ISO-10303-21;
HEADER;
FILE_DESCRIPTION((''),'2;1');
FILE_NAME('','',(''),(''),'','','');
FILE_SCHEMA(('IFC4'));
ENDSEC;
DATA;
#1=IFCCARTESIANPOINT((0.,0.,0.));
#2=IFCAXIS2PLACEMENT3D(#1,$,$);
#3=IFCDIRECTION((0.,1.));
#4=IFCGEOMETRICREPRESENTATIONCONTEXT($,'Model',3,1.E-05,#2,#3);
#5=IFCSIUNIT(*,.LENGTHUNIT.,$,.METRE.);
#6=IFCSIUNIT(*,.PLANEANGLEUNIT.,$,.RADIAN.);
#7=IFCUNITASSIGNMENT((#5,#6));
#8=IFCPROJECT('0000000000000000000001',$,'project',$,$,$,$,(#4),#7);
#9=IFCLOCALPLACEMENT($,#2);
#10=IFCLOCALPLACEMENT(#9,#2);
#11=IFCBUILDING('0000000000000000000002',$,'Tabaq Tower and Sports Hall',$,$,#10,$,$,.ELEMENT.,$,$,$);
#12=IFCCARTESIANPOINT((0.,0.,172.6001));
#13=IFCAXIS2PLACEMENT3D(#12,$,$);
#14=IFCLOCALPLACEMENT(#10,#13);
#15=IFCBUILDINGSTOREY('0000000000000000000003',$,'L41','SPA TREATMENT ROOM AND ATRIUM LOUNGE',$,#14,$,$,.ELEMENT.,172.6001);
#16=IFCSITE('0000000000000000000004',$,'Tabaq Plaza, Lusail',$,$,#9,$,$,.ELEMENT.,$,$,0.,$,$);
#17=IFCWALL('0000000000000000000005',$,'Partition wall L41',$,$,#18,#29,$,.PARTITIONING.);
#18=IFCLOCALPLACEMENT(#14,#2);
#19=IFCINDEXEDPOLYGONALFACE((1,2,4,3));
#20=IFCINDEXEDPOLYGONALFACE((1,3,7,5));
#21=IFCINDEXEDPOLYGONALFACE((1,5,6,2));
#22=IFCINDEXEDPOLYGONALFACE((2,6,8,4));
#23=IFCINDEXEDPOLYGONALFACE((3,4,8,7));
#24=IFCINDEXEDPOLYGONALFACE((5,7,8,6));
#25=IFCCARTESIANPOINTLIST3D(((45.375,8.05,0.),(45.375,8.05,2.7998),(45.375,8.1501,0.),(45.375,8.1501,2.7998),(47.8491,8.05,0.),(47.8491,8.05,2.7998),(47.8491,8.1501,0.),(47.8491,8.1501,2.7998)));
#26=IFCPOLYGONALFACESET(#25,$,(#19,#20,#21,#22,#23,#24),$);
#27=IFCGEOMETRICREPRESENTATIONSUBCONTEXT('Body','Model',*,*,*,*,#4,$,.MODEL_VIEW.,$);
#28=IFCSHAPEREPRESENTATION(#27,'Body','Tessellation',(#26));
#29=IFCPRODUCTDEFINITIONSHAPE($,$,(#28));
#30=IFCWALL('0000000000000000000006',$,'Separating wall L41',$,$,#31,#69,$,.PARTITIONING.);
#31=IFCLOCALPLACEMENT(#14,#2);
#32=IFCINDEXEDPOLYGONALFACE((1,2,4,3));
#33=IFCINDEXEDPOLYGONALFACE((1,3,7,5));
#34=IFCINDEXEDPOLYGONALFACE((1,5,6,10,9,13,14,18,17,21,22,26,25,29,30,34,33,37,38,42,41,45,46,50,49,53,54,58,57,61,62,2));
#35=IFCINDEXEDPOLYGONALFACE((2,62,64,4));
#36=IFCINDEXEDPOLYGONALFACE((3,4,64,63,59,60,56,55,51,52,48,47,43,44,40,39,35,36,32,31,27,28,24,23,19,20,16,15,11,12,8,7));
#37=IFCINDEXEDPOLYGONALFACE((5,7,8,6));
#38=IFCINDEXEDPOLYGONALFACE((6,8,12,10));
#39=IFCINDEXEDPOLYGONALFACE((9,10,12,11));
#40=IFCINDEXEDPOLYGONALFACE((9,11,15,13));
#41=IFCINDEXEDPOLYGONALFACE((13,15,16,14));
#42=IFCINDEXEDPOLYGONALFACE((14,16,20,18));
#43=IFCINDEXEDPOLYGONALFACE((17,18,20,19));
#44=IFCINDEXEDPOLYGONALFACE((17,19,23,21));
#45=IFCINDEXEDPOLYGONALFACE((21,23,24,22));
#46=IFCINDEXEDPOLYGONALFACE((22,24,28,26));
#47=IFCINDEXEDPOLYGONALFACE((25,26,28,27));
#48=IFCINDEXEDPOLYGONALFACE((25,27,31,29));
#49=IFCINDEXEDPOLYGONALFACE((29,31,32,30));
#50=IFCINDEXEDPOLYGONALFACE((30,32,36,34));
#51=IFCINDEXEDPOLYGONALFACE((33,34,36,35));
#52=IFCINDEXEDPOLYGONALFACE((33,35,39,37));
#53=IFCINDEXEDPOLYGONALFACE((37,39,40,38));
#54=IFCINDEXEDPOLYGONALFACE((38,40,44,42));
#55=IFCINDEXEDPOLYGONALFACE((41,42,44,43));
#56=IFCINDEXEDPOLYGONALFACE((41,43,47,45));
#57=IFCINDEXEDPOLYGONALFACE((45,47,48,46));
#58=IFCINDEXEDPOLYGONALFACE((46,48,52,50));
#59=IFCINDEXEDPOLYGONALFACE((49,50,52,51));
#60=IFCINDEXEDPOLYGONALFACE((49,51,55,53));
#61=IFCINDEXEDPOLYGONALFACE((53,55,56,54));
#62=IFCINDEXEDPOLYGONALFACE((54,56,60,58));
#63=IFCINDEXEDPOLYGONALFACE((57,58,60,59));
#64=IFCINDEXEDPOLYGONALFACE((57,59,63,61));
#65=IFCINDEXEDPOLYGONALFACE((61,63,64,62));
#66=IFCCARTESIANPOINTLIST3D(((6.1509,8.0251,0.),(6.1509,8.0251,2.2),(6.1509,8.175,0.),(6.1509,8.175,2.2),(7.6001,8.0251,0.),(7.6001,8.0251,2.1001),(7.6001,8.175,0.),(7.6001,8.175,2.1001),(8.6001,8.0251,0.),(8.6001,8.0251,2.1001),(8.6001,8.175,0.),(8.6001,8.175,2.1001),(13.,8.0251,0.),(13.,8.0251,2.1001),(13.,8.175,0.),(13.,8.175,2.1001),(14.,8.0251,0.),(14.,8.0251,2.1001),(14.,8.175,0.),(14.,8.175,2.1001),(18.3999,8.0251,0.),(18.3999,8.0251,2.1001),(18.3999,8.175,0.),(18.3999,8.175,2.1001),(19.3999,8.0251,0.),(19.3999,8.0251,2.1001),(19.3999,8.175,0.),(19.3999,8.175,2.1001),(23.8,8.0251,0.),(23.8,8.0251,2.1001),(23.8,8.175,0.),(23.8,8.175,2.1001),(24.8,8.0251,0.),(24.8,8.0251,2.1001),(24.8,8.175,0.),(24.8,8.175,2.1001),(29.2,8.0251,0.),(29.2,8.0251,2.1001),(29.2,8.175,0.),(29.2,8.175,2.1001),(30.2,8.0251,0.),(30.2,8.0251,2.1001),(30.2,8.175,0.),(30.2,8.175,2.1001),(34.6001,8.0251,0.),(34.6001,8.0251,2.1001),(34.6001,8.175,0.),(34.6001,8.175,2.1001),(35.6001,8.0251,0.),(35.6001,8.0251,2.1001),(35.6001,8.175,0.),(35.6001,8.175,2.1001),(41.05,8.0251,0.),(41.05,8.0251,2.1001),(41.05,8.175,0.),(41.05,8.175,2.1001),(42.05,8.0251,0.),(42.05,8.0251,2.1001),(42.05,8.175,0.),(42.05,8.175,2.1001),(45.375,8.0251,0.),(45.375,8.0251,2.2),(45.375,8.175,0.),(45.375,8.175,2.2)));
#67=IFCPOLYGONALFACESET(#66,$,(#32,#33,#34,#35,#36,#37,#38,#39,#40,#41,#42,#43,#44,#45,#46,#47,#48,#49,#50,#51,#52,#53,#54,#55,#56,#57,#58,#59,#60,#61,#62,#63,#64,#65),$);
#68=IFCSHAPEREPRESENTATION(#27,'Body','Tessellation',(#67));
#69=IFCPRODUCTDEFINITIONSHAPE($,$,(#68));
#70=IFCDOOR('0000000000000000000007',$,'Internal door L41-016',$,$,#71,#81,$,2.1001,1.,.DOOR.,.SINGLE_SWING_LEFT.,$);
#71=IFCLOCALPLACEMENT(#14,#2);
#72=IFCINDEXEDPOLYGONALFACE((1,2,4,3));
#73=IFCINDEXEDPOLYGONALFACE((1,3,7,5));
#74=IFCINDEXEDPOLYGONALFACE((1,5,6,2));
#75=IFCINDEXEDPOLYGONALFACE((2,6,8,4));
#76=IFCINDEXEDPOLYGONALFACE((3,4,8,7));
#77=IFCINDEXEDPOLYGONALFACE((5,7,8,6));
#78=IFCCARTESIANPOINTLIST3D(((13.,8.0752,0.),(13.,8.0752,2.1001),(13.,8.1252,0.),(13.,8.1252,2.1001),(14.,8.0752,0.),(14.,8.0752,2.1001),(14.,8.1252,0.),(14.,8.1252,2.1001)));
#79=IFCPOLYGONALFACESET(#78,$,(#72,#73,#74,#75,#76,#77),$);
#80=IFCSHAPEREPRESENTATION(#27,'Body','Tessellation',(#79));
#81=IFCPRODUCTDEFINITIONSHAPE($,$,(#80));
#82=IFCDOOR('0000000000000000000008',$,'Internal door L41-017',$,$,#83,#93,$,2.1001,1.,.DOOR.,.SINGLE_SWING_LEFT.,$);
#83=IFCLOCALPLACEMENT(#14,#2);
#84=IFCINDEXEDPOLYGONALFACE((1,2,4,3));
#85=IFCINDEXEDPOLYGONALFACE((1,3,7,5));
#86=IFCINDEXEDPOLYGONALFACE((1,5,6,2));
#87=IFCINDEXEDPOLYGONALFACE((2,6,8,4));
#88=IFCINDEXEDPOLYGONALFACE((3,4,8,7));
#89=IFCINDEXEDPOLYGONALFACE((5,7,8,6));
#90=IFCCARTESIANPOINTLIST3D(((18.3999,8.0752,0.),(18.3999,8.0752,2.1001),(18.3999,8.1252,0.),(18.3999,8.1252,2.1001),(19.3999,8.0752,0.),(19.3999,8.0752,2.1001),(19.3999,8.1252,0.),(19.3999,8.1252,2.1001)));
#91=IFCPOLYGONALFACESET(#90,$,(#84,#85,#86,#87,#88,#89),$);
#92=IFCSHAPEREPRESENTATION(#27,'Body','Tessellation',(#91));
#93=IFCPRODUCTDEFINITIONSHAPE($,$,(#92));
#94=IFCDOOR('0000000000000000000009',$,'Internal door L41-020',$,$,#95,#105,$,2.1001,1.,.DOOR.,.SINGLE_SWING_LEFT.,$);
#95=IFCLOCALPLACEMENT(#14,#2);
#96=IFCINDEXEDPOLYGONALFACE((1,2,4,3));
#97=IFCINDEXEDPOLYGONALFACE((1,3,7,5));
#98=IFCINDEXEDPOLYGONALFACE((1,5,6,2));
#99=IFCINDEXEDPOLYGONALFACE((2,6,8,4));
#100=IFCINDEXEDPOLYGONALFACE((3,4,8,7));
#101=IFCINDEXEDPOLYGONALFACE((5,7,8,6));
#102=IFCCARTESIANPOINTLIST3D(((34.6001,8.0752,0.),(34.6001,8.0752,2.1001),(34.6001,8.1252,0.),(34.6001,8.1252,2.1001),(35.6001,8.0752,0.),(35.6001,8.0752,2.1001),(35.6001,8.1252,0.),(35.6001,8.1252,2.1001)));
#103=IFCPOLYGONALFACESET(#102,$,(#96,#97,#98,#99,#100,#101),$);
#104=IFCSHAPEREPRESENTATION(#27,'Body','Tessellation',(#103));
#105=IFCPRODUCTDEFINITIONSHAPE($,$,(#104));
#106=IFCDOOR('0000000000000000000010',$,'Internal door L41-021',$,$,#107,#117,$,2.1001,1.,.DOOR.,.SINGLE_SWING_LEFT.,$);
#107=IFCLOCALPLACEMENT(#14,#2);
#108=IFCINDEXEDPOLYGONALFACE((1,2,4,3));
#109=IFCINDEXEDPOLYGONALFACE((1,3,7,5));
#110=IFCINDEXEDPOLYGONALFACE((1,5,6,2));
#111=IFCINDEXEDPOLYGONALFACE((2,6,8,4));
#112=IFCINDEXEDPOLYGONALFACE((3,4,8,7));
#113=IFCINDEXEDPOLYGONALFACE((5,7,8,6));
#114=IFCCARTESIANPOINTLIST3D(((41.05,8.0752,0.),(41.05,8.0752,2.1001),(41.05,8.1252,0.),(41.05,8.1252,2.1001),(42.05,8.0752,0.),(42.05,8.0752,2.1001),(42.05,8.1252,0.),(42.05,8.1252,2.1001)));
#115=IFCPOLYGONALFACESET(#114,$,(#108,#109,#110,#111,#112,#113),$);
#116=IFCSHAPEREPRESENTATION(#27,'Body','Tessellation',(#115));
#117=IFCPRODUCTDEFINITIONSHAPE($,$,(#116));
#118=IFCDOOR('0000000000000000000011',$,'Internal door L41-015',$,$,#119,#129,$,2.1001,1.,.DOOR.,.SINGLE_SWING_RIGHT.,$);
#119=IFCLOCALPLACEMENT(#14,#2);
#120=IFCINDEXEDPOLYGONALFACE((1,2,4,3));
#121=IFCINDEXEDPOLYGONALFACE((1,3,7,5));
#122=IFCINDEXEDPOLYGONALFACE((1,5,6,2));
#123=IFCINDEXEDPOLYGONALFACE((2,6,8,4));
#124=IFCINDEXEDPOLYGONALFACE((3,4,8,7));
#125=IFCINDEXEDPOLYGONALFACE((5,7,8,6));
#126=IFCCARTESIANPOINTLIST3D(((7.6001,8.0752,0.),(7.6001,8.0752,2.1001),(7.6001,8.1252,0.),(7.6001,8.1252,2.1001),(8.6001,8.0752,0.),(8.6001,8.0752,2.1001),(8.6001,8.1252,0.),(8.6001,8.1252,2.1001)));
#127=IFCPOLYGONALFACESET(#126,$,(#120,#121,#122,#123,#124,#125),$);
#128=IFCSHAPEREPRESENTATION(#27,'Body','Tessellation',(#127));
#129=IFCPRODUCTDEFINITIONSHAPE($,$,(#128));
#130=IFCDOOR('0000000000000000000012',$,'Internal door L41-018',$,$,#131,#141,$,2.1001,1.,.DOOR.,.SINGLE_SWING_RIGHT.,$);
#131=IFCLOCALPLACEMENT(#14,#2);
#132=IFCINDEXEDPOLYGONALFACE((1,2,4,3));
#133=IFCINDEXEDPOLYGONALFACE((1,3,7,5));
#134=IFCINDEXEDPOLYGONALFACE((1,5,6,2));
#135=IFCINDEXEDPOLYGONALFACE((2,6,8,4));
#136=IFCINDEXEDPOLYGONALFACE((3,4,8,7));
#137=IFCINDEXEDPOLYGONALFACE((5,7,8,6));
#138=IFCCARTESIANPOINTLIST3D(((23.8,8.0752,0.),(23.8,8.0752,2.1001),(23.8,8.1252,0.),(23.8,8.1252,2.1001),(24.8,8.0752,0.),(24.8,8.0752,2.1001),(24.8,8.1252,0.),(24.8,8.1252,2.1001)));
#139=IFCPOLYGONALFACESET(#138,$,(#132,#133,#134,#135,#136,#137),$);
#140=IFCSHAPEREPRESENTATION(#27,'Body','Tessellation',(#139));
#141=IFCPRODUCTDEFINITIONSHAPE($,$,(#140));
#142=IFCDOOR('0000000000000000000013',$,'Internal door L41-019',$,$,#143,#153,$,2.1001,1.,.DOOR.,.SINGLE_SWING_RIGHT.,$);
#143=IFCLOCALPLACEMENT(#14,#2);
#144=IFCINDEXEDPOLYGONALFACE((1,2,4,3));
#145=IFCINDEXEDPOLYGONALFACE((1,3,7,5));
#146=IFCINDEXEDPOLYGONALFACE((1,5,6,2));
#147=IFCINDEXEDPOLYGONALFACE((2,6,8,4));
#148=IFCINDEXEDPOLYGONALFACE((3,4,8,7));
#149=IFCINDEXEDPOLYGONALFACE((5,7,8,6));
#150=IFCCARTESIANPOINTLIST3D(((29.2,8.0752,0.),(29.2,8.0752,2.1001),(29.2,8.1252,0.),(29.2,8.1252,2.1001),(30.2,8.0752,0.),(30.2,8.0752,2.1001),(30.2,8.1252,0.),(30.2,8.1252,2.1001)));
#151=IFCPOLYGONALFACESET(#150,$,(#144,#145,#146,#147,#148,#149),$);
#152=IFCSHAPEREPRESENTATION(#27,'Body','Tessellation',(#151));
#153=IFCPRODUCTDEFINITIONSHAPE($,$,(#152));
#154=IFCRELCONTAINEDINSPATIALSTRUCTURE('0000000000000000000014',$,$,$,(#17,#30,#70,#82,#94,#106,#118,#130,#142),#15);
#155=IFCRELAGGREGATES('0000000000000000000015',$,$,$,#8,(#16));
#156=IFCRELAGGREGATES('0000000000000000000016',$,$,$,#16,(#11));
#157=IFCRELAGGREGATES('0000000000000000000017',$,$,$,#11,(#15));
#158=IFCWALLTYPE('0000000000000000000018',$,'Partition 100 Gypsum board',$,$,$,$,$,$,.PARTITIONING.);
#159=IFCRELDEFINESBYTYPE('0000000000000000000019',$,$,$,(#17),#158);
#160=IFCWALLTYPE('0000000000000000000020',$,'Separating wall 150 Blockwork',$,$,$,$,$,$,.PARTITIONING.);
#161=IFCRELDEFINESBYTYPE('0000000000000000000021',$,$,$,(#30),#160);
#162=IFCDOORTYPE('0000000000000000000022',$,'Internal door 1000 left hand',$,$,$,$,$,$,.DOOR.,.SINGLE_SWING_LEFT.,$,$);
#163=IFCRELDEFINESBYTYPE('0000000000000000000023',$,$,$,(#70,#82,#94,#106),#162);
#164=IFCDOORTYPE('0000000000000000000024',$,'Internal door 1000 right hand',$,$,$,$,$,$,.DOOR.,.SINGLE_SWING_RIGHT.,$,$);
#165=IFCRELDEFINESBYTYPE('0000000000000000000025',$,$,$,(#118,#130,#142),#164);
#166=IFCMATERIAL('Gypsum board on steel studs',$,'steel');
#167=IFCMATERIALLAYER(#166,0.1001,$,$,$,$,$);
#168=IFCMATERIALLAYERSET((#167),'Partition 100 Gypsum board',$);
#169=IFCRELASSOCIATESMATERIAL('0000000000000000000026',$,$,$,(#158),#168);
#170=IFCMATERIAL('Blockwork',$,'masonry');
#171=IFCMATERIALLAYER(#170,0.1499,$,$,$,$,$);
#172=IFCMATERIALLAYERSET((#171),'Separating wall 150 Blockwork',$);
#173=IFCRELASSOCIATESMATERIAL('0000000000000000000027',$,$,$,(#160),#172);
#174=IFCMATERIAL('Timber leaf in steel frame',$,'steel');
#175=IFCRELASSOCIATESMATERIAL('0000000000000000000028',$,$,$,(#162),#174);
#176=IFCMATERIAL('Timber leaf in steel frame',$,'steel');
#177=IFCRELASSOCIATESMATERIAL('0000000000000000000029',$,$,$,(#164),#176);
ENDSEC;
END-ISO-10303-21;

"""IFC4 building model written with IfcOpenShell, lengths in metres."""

from ifc_helpers import new_model, si_unit, direction, frame, frame_2d, origin, place, context, subcontext, project, spatial, rectangle, extrude, material, layer, layer_set, type_object, element, fill, save


model = new_model("IFC4")

# Units and contexts
model_context = context("Model", 3, precision=1e-05, world=origin(), true_north=direction((0.0, 1.0)))
body_context = subcontext(model_context, "Body", "Model", "MODEL_VIEW")
ifc_project = project(units=[si_unit("LENGTHUNIT", "METRE"), si_unit("PLANEANGLEUNIT", "RADIAN")], contexts=[model_context])

# Site, building, storey
site_placement = place(None, origin())
site = spatial("IfcSite", under=ifc_project, at=site_placement, Name="Tabaq Plaza, Lusail", CompositionType="ELEMENT", RefElevation=0.0)
building_placement = place(site_placement, origin())
building = spatial("IfcBuilding", under=site, at=building_placement, Name="Tabaq Tower and Sports Hall", CompositionType="ELEMENT")
storey_placement = place(building_placement, frame((0.0, 0.0, 172.6001)))
storey = spatial("IfcBuildingStorey", under=building, at=storey_placement, Name="L41", Description="SPA TREATMENT ROOM AND ATRIUM LOUNGE", CompositionType="ELEMENT", Elevation=172.6001)

# Wall
ifc_material_1 = material(Name="Gypsum board on steel studs", Category="steel")
ifc_layer_1 = layer(ifc_material_1, 0.1001)
ifc_layer_set_1 = layer_set([ifc_layer_1], Name="Partition 100 Gypsum board")
wall_type_1 = type_object("IfcWallType", Name="Partition 100 Gypsum board", PredefinedType="PARTITIONING", material=ifc_layer_set_1)
wall_1_placement = place(storey_placement, frame((45.375, 8.1001, 0.0), z_axis=(0.0, 0.0, 1.0), x_axis=(1.0, 0.0, 0.0)))
element("IfcWall", 1, at=wall_1_placement, inside=storey, type_object=wall_type_1, Name="Partition wall L41", PredefinedType="PARTITIONING", context=body_context, shape_type="SweptSolid", body=[
    extrude(rectangle(XDim=2.4741, YDim=0.1001, at=frame_2d((1.2371, 0.0))), origin(), (0.0, 0.0, 1.0), 2.7998),
])

# Wall, openings, doors
ifc_material_2 = material(Name="Blockwork", Category="masonry")
ifc_layer_2 = layer(ifc_material_2, 0.1499)
ifc_layer_set_2 = layer_set([ifc_layer_2], Name="Separating wall 150 Blockwork")
wall_type_2 = type_object("IfcWallType", Name="Separating wall 150 Blockwork", PredefinedType="PARTITIONING", material=ifc_layer_set_2)
wall_2_placement = place(storey_placement, frame((45.375, 8.1001, 0.0), z_axis=(0.0, 0.0, 1.0), x_axis=(-1.0, 0.0, 0.0)))
wall_2 = element("IfcWall", 2, at=wall_2_placement, inside=storey, type_object=wall_type_2, Name="Separating wall L41", PredefinedType="PARTITIONING", context=body_context, shape_type="SweptSolid", body=[
    extrude(rectangle(XDim=39.2241, YDim=0.1499, at=frame_2d((19.6121, 0.0))), origin(), (0.0, 0.0, 1.0), 2.2),
])
opening_1_placement = place(wall_2_placement, frame((36.7749, 0.0, 0.0)))
opening_1 = element("IfcOpeningElement", 3, at=opening_1_placement, cuts=wall_2, PredefinedType="OPENING", context=body_context, shape_type="SweptSolid", body=[
    extrude(rectangle(XDim=1.0, YDim=2.1001, at=frame_2d((0.5, 1.05))), frame((0.0, 0.075, 0.0), z_axis=(0.0, -1.0, 0.0), x_axis=(1.0, 0.0, 0.0)), (0.0, 0.0, 1.0), 0.1499),
])
opening_2_placement = place(wall_2_placement, frame((31.375, 0.0, 0.0)))
opening_2 = element("IfcOpeningElement", 4, at=opening_2_placement, cuts=wall_2, PredefinedType="OPENING", context=body_context, shape_type="SweptSolid", body=[
    extrude(rectangle(XDim=1.0, YDim=2.1001, at=frame_2d((0.5, 1.05))), frame((0.0, 0.075, 0.0), z_axis=(0.0, -1.0, 0.0), x_axis=(1.0, 0.0, 0.0)), (0.0, 0.0, 1.0), 0.1499),
])
opening_3_placement = place(wall_2_placement, frame((25.9751, 0.0, 0.0)))
opening_3 = element("IfcOpeningElement", 5, at=opening_3_placement, cuts=wall_2, PredefinedType="OPENING", context=body_context, shape_type="SweptSolid", body=[
    extrude(rectangle(XDim=1.0, YDim=2.1001, at=frame_2d((0.5, 1.05))), frame((0.0, 0.075, 0.0), z_axis=(0.0, -1.0, 0.0), x_axis=(1.0, 0.0, 0.0)), (0.0, 0.0, 1.0), 0.1499),
])
opening_4_placement = place(wall_2_placement, frame((20.575, 0.0, 0.0)))
opening_4 = element("IfcOpeningElement", 6, at=opening_4_placement, cuts=wall_2, PredefinedType="OPENING", context=body_context, shape_type="SweptSolid", body=[
    extrude(rectangle(XDim=1.0, YDim=2.1001, at=frame_2d((0.5, 1.05))), frame((0.0, 0.075, 0.0), z_axis=(0.0, -1.0, 0.0), x_axis=(1.0, 0.0, 0.0)), (0.0, 0.0, 1.0), 0.1499),
])
opening_5_placement = place(wall_2_placement, frame((15.175, 0.0, 0.0)))
opening_5 = element("IfcOpeningElement", 7, at=opening_5_placement, cuts=wall_2, PredefinedType="OPENING", context=body_context, shape_type="SweptSolid", body=[
    extrude(rectangle(XDim=1.0, YDim=2.1001, at=frame_2d((0.5, 1.05))), frame((0.0, 0.075, 0.0), z_axis=(0.0, -1.0, 0.0), x_axis=(1.0, 0.0, 0.0)), (0.0, 0.0, 1.0), 0.1499),
])
opening_6_placement = place(wall_2_placement, frame((9.7749, 0.0, 0.0)))
opening_6 = element("IfcOpeningElement", 8, at=opening_6_placement, cuts=wall_2, PredefinedType="OPENING", context=body_context, shape_type="SweptSolid", body=[
    extrude(rectangle(XDim=1.0, YDim=2.1001, at=frame_2d((0.5, 1.05))), frame((0.0, 0.075, 0.0), z_axis=(0.0, -1.0, 0.0), x_axis=(1.0, 0.0, 0.0)), (0.0, 0.0, 1.0), 0.1499),
])
opening_7_placement = place(wall_2_placement, frame((3.325, 0.0, 0.0)))
opening_7 = element("IfcOpeningElement", 9, at=opening_7_placement, cuts=wall_2, PredefinedType="OPENING", context=body_context, shape_type="SweptSolid", body=[
    extrude(rectangle(XDim=1.0, YDim=2.1001, at=frame_2d((0.5, 1.05))), frame((0.0, 0.075, 0.0), z_axis=(0.0, -1.0, 0.0), x_axis=(1.0, 0.0, 0.0)), (0.0, 0.0, 1.0), 0.1499),
])
ifc_material_3 = material(Name="Timber leaf in steel frame", Category="steel")
door_type_1 = type_object("IfcDoorType", Name="Internal door 1000 left hand", OperationType="SINGLE_SWING_LEFT", PredefinedType="DOOR", material=ifc_material_3)
door_1_placement = place(opening_2_placement, origin())
door_1 = element("IfcDoor", 10, at=door_1_placement, inside=storey, type_object=door_type_1, Name="Internal door L41-016", OperationType="SINGLE_SWING_LEFT", OverallHeight=2.1001, OverallWidth=1.0, PredefinedType="DOOR", context=body_context, shape_type="SweptSolid", body=[
    extrude(rectangle(XDim=1.0, YDim=2.1001, at=frame_2d((0.5, 1.05))), frame((0.0, 0.0249, 0.0), z_axis=(0.0, -1.0, 0.0), x_axis=(1.0, 0.0, 0.0)), (0.0, 0.0, 1.0), 0.05),
])
fill(opening_2, door_1)
door_2_placement = place(opening_3_placement, origin())
door_2 = element("IfcDoor", 11, at=door_2_placement, inside=storey, type_object=door_type_1, Name="Internal door L41-017", OperationType="SINGLE_SWING_LEFT", OverallHeight=2.1001, OverallWidth=1.0, PredefinedType="DOOR", context=body_context, shape_type="SweptSolid", body=[
    extrude(rectangle(XDim=1.0, YDim=2.1001, at=frame_2d((0.5, 1.05))), frame((0.0, 0.0249, 0.0), z_axis=(0.0, -1.0, 0.0), x_axis=(1.0, 0.0, 0.0)), (0.0, 0.0, 1.0), 0.05),
])
fill(opening_3, door_2)
door_3_placement = place(opening_6_placement, origin())
door_3 = element("IfcDoor", 12, at=door_3_placement, inside=storey, type_object=door_type_1, Name="Internal door L41-020", OperationType="SINGLE_SWING_LEFT", OverallHeight=2.1001, OverallWidth=1.0, PredefinedType="DOOR", context=body_context, shape_type="SweptSolid", body=[
    extrude(rectangle(XDim=1.0, YDim=2.1001, at=frame_2d((0.5, 1.05))), frame((0.0, 0.0249, 0.0), z_axis=(0.0, -1.0, 0.0), x_axis=(1.0, 0.0, 0.0)), (0.0, 0.0, 1.0), 0.05),
])
fill(opening_6, door_3)
door_4_placement = place(opening_7_placement, origin())
door_4 = element("IfcDoor", 13, at=door_4_placement, inside=storey, type_object=door_type_1, Name="Internal door L41-021", OperationType="SINGLE_SWING_LEFT", OverallHeight=2.1001, OverallWidth=1.0, PredefinedType="DOOR", context=body_context, shape_type="SweptSolid", body=[
    extrude(rectangle(XDim=1.0, YDim=2.1001, at=frame_2d((0.5, 1.05))), frame((0.0, 0.0249, 0.0), z_axis=(0.0, -1.0, 0.0), x_axis=(1.0, 0.0, 0.0)), (0.0, 0.0, 1.0), 0.05),
])
fill(opening_7, door_4)
ifc_material_4 = material(Name="Timber leaf in steel frame", Category="steel")
door_type_2 = type_object("IfcDoorType", Name="Internal door 1000 right hand", OperationType="SINGLE_SWING_RIGHT", PredefinedType="DOOR", material=ifc_material_4)
door_5_placement = place(opening_1_placement, origin())
door_5 = element("IfcDoor", 14, at=door_5_placement, inside=storey, type_object=door_type_2, Name="Internal door L41-015", OperationType="SINGLE_SWING_RIGHT", OverallHeight=2.1001, OverallWidth=1.0, PredefinedType="DOOR", context=body_context, shape_type="SweptSolid", body=[
    extrude(rectangle(XDim=1.0, YDim=2.1001, at=frame_2d((0.5, 1.05))), frame((0.0, 0.0249, 0.0), z_axis=(0.0, -1.0, 0.0), x_axis=(1.0, 0.0, 0.0)), (0.0, 0.0, 1.0), 0.05),
])
fill(opening_1, door_5)
door_6_placement = place(opening_4_placement, origin())
door_6 = element("IfcDoor", 15, at=door_6_placement, inside=storey, type_object=door_type_2, Name="Internal door L41-018", OperationType="SINGLE_SWING_RIGHT", OverallHeight=2.1001, OverallWidth=1.0, PredefinedType="DOOR", context=body_context, shape_type="SweptSolid", body=[
    extrude(rectangle(XDim=1.0, YDim=2.1001, at=frame_2d((0.5, 1.05))), frame((0.0, 0.0249, 0.0), z_axis=(0.0, -1.0, 0.0), x_axis=(1.0, 0.0, 0.0)), (0.0, 0.0, 1.0), 0.05),
])
fill(opening_4, door_6)
door_7_placement = place(opening_5_placement, origin())
door_7 = element("IfcDoor", 16, at=door_7_placement, inside=storey, type_object=door_type_2, Name="Internal door L41-019", OperationType="SINGLE_SWING_RIGHT", OverallHeight=2.1001, OverallWidth=1.0, PredefinedType="DOOR", context=body_context, shape_type="SweptSolid", body=[
    extrude(rectangle(XDim=1.0, YDim=2.1001, at=frame_2d((0.5, 1.05))), frame((0.0, 0.0249, 0.0), z_axis=(0.0, -1.0, 0.0), x_axis=(1.0, 0.0, 0.0)), (0.0, 0.0, 1.0), 0.05),
])
fill(opening_5, door_7)

save(model, "model.ifc")
